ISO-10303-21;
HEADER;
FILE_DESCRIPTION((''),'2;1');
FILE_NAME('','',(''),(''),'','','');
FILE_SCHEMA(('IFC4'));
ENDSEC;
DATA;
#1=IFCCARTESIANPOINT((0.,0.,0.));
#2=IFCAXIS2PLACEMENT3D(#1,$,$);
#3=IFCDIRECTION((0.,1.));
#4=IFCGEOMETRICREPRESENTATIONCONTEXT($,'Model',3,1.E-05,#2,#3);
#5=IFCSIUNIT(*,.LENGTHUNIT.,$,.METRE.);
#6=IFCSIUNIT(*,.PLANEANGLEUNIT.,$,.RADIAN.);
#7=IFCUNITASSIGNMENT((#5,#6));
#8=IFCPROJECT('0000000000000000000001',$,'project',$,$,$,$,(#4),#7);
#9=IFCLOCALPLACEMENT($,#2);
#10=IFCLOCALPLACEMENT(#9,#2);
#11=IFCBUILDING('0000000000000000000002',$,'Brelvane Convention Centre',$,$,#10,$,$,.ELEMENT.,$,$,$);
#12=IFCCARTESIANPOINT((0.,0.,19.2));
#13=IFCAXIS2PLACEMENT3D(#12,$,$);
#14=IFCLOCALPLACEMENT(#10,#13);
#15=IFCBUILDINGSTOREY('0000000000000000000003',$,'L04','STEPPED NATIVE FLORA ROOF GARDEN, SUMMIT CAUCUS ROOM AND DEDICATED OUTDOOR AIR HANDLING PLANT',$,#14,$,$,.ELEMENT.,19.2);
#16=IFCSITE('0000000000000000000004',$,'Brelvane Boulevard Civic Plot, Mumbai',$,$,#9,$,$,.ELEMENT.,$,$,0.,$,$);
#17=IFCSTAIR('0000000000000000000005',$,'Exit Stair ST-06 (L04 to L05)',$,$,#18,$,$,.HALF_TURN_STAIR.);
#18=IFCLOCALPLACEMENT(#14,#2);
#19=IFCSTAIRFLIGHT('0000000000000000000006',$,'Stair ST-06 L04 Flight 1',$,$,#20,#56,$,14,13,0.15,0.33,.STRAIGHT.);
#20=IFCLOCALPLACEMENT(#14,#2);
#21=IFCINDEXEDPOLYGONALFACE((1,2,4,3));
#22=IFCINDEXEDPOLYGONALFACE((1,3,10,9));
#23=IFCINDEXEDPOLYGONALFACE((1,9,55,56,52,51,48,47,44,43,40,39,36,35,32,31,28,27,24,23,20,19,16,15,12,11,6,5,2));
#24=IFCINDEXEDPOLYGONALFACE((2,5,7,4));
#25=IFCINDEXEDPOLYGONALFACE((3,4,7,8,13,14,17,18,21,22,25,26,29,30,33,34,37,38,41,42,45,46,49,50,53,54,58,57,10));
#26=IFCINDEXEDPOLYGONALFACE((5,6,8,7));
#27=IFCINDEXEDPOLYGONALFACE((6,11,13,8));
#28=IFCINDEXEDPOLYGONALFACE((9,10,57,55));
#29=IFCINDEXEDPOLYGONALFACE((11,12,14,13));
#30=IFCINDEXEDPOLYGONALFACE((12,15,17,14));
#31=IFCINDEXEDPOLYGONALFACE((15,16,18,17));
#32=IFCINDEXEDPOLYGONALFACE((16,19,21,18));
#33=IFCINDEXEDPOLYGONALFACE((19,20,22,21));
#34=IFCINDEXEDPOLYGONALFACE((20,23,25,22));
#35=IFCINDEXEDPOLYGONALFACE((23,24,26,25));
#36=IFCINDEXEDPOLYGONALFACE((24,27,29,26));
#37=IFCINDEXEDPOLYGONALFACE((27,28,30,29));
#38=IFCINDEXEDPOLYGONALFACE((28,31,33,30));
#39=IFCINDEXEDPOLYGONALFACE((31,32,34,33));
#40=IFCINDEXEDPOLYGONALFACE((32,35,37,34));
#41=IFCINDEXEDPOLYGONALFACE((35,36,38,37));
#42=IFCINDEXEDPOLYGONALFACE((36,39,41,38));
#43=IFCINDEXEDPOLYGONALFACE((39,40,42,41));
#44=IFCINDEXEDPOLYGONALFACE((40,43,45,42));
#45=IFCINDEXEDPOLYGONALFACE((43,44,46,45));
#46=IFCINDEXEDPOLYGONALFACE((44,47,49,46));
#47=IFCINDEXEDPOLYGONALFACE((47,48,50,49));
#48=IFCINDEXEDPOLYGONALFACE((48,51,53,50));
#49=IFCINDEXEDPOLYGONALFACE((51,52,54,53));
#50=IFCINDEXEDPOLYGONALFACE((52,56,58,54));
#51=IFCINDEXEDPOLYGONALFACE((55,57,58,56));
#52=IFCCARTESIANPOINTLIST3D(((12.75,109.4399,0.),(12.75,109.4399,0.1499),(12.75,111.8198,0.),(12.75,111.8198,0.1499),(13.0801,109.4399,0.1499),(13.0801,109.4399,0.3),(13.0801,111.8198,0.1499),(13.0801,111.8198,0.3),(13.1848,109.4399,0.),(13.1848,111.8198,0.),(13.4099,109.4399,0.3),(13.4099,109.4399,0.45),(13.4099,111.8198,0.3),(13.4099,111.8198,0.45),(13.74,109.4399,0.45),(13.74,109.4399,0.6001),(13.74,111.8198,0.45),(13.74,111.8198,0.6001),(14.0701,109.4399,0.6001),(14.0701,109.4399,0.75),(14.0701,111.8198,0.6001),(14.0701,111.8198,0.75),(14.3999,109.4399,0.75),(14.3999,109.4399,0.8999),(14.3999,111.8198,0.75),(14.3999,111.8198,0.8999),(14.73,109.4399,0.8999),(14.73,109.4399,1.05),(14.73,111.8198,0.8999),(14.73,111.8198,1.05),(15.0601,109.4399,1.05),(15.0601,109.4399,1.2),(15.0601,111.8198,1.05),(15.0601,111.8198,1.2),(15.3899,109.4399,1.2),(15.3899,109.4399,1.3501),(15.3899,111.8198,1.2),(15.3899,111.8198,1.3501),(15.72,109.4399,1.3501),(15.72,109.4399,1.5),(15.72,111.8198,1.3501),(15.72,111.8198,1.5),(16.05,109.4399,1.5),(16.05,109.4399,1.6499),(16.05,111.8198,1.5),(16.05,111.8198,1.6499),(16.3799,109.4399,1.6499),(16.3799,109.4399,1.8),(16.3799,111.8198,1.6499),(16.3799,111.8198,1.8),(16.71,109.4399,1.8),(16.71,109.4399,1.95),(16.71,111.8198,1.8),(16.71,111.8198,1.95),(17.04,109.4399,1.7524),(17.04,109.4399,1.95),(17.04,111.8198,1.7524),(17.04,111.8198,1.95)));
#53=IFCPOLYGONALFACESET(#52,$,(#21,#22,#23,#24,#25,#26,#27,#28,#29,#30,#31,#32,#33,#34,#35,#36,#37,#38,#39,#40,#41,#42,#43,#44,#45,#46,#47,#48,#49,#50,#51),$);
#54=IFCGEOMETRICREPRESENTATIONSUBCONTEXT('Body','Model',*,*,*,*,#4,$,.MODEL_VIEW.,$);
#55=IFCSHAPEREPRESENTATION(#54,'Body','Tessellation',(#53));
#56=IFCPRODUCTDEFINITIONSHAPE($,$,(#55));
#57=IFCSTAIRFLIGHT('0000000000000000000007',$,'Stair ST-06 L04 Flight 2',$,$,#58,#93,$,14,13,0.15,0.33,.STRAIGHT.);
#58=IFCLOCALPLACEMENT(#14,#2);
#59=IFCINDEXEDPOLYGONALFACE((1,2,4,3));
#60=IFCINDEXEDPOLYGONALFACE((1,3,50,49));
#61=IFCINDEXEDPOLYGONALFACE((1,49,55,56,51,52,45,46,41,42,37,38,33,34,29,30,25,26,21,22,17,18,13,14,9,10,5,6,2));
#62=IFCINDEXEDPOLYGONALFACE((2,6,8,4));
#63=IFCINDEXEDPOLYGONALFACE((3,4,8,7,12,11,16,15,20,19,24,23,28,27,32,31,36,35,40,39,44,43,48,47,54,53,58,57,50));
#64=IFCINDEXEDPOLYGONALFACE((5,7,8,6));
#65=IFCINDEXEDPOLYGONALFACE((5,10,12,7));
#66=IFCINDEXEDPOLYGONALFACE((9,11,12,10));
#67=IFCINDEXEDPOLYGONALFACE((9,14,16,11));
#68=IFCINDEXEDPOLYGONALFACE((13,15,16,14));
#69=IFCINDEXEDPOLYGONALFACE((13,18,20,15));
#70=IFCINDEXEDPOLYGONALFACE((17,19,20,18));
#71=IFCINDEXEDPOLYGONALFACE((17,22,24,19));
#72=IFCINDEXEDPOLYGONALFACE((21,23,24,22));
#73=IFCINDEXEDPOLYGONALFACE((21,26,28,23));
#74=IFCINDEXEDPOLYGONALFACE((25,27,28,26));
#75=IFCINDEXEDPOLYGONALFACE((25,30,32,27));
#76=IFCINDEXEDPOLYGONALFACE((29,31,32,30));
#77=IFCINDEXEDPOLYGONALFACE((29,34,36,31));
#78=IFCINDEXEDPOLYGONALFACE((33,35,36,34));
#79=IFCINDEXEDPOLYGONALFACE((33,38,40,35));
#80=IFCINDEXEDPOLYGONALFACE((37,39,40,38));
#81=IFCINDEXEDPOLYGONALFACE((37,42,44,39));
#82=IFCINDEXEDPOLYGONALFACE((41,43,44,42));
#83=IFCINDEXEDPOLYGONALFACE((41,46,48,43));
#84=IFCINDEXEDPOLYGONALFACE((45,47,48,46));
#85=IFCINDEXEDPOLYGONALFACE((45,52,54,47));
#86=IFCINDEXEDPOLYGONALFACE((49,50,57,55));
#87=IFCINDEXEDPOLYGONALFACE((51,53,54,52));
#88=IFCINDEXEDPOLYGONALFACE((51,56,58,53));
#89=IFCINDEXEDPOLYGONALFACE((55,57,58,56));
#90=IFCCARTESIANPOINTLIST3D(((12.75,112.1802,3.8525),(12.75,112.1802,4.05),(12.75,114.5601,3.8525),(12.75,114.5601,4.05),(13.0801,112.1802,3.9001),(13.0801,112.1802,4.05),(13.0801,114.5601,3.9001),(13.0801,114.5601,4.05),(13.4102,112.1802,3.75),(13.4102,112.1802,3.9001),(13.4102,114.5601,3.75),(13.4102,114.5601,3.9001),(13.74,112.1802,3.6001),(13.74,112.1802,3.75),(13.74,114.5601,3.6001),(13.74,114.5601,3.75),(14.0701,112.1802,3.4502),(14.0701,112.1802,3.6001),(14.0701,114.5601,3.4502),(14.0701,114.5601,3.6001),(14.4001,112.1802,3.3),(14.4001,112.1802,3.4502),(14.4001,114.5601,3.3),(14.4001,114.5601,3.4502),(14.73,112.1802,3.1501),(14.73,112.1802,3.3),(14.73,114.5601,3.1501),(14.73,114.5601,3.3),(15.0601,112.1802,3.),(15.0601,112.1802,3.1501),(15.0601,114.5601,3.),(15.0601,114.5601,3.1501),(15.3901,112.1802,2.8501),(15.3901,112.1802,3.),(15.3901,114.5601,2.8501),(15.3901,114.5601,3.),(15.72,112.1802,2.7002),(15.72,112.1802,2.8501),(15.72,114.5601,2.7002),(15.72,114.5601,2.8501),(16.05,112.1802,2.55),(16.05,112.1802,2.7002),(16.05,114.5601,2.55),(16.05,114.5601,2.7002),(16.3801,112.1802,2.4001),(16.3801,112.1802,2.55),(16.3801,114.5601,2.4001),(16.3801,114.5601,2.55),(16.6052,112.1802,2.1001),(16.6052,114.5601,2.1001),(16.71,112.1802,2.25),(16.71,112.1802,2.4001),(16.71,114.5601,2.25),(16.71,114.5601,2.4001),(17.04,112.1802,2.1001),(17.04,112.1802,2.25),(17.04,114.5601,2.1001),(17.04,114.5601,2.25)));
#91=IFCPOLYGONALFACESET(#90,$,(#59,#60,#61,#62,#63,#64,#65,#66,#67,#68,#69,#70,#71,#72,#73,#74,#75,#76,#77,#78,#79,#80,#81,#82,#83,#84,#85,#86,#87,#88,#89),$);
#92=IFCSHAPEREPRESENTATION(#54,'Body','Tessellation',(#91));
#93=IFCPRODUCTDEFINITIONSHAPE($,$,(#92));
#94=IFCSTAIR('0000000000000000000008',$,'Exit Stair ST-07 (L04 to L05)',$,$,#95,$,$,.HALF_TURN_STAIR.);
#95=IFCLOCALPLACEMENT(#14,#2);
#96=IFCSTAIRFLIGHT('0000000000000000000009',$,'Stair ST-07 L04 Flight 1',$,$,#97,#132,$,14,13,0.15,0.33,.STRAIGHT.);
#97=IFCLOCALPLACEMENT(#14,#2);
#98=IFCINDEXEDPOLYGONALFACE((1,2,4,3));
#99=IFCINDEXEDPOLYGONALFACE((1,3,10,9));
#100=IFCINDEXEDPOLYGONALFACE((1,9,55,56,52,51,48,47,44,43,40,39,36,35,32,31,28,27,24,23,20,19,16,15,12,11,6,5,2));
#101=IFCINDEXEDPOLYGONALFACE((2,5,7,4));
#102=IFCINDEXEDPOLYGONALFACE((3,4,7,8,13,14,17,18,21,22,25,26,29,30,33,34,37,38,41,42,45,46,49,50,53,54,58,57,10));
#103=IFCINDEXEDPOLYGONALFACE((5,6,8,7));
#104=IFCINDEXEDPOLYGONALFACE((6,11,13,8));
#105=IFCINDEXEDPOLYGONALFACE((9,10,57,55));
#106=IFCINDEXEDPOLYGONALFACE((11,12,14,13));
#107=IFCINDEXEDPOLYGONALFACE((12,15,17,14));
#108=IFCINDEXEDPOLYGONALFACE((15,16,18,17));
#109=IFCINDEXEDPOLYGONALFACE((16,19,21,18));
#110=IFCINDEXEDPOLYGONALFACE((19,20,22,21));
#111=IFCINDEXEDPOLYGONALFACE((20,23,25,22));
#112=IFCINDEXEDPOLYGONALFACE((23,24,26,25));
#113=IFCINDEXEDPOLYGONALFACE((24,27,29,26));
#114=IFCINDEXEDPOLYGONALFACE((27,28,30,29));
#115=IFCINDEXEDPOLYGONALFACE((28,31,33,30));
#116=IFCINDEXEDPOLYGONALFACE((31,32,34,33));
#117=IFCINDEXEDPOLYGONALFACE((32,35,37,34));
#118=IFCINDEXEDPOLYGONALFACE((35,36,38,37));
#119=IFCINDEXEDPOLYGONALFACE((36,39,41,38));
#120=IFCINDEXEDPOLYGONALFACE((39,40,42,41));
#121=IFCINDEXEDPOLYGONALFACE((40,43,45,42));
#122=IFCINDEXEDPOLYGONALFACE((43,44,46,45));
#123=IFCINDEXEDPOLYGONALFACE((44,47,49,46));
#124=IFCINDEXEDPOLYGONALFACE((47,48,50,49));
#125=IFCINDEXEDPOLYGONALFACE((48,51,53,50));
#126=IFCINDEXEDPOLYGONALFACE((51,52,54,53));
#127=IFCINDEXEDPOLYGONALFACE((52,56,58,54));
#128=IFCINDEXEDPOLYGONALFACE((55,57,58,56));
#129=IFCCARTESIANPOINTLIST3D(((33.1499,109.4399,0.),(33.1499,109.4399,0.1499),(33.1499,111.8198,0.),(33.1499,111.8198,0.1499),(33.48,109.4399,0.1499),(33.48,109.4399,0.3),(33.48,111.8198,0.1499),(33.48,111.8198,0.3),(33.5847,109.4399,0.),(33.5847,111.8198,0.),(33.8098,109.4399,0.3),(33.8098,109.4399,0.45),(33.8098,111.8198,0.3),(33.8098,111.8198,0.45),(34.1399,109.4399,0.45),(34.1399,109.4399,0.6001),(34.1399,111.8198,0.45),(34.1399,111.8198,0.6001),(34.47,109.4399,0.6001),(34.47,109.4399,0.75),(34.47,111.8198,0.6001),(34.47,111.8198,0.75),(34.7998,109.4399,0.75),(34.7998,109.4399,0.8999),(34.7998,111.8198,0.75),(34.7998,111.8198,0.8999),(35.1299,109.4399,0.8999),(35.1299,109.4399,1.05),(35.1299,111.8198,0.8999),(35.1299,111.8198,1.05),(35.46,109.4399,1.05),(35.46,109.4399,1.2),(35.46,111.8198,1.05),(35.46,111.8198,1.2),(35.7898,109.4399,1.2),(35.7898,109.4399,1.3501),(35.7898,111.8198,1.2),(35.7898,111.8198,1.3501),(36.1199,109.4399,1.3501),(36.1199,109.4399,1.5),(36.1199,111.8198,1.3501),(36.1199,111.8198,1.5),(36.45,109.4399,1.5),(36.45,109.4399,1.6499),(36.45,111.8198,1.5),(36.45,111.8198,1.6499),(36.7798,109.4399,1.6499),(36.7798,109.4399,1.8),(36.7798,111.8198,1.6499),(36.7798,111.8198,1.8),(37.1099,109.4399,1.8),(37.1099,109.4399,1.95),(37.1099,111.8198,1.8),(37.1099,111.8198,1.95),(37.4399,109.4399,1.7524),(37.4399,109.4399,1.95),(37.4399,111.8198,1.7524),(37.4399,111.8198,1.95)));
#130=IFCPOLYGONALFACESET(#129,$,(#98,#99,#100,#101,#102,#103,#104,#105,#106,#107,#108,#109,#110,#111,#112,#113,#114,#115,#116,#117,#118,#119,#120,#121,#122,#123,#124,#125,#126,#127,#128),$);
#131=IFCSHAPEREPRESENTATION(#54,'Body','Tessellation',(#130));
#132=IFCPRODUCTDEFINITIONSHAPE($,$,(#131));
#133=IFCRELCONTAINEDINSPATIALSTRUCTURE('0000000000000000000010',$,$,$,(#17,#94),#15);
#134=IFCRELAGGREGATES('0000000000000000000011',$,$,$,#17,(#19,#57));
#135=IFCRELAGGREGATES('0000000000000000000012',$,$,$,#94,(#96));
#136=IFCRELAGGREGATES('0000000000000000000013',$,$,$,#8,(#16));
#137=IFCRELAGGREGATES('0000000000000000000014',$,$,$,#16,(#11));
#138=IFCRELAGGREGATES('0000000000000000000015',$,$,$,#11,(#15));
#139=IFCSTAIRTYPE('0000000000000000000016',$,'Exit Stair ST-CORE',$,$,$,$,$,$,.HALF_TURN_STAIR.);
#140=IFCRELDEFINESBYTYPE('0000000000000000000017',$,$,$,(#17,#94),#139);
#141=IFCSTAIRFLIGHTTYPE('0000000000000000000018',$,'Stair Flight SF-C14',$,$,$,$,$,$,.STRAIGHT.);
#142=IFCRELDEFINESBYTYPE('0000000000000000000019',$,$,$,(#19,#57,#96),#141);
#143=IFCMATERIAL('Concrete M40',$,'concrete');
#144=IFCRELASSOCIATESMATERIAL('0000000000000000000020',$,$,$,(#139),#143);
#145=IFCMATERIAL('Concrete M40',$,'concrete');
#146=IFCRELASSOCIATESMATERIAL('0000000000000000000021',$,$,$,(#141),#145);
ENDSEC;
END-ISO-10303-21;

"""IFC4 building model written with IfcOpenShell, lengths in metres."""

from ifc_helpers import new_model, si_unit, direction, frame, origin, place, context, subcontext, project, spatial, polyline, outline, extrude, material, type_object, element, aggregate, save


model = new_model("IFC4")

# Units and contexts
model_context = context("Model", 3, precision=1e-05, world=origin(), true_north=direction((0.0, 1.0)))
body_context = subcontext(model_context, "Body", "Model", "MODEL_VIEW")
ifc_project = project(units=[si_unit("LENGTHUNIT", "METRE"), si_unit("PLANEANGLEUNIT", "RADIAN")], contexts=[model_context])

# Site, building, storey
site_placement = place(None, origin())
site = spatial("IfcSite", under=ifc_project, at=site_placement, Name="Brelvane Boulevard Civic Plot, Mumbai", CompositionType="ELEMENT", RefElevation=0.0)
building_placement = place(site_placement, origin())
building = spatial("IfcBuilding", under=site, at=building_placement, Name="Brelvane Convention Centre", CompositionType="ELEMENT")
storey_placement = place(building_placement, frame((0.0, 0.0, 19.2)))
storey = spatial("IfcBuildingStorey", under=building, at=storey_placement, Name="L04", Description="STEPPED NATIVE FLORA ROOF GARDEN, SUMMIT CAUCUS ROOM AND DEDICATED OUTDOOR AIR HANDLING PLANT", CompositionType="ELEMENT", Elevation=19.2)

# Stair, stair flights
ifc_material_1 = material(Name="Concrete M40", Category="concrete")
stair_type = type_object("IfcStairType", Name="Exit Stair ST-CORE", PredefinedType="HALF_TURN_STAIR", material=ifc_material_1)
stair_1_placement = place(storey_placement, origin())
stair_1 = element("IfcStair", 1, at=stair_1_placement, inside=storey, type_object=stair_type, Name="Exit Stair ST-06 (L04 to L05)", PredefinedType="HALF_TURN_STAIR")
ifc_material_2 = material(Name="Concrete M40", Category="concrete")
stair_flight_type = type_object("IfcStairFlightType", Name="Stair Flight SF-C14", PredefinedType="STRAIGHT", material=ifc_material_2)
stair_flight_1_placement = place(storey_placement, frame((12.75, 110.6299, 0.0), z_axis=(0.0, 0.0, 1.0), x_axis=(1.0, 0.0, 0.0)))
stair_flight_1 = element("IfcStairFlight", 2, at=stair_flight_1_placement, type_object=stair_flight_type, Name="Stair ST-06 L04 Flight 1", NumberOfRisers=14, NumberOfTreads=13, PredefinedType="STRAIGHT", RiserHeight=0.15, TreadLength=0.33, context=body_context, shape_type="SweptSolid", body=[
    extrude(outline(polyline([(0.0, 0.0), (0.0, 0.1499), (0.3301, 0.1499), (0.3301, 0.3), (0.6599, 0.3), (0.6599, 0.45), (0.99, 0.45), (0.99, 0.6001), (1.3201, 0.6001), (1.3201, 0.75), (1.6499, 0.75), (1.6499, 0.8999), (1.98, 0.8999), (1.98, 1.05), (2.3101, 1.05), (2.3101, 1.2), (2.6399, 1.2), (2.6399, 1.3501), (2.97, 1.3501), (2.97, 1.5), (3.3, 1.5), (3.3, 1.6499), (3.6299, 1.6499), (3.6299, 1.8), (3.96, 1.8), (3.96, 1.95), (4.29, 1.95), (4.29, 2.1001), (4.29, 1.7524), (0.4348, 0.0), (0.0, 0.0)])), frame((0.0, 1.1899, 0.0), z_axis=(0.0, -1.0, 0.0), x_axis=(1.0, 0.0, 0.0)), (0.0, 0.0, 1.0), 2.3799),
])
stair_flight_2_placement = place(storey_placement, frame((17.04, 113.3701, 2.1001), z_axis=(0.0, 0.0, 1.0), x_axis=(-1.0, 0.0, 0.0)))
stair_flight_2 = element("IfcStairFlight", 3, at=stair_flight_2_placement, type_object=stair_flight_type, Name="Stair ST-06 L04 Flight 2", NumberOfRisers=14, NumberOfTreads=13, PredefinedType="STRAIGHT", RiserHeight=0.15, TreadLength=0.33, context=body_context, shape_type="SweptSolid", body=[
    extrude(outline(polyline([(0.0, 0.0), (0.0, 0.1499), (0.3301, 0.1499), (0.3301, 0.3), (0.6599, 0.3), (0.6599, 0.45), (0.99, 0.45), (0.99, 0.6001), (1.3201, 0.6001), (1.3201, 0.75), (1.6499, 0.75), (1.6499, 0.8999), (1.98, 0.8999), (1.98, 1.05), (2.3101, 1.05), (2.3101, 1.2), (2.6399, 1.2), (2.6399, 1.3501), (2.97, 1.3501), (2.97, 1.5), (3.3, 1.5), (3.3, 1.6499), (3.6299, 1.6499), (3.6299, 1.8), (3.96, 1.8), (3.96, 1.95), (4.29, 1.95), (4.29, 2.1001), (4.29, 1.7524), (0.4348, 0.0), (0.0, 0.0)])), frame((0.0, 1.1899, 0.0), z_axis=(0.0, -1.0, 0.0), x_axis=(1.0, 0.0, 0.0)), (0.0, 0.0, 1.0), 2.3799),
])
aggregate(stair_1, [stair_flight_1, stair_flight_2])

# Stair, stair flight
stair_2_placement = place(storey_placement, origin())
stair_2 = element("IfcStair", 4, at=stair_2_placement, inside=storey, type_object=stair_type, Name="Exit Stair ST-07 (L04 to L05)", PredefinedType="HALF_TURN_STAIR")
stair_flight_3_placement = place(storey_placement, frame((33.1499, 110.6299, 0.0), z_axis=(0.0, 0.0, 1.0), x_axis=(1.0, 0.0, 0.0)))
stair_flight_3 = element("IfcStairFlight", 5, at=stair_flight_3_placement, type_object=stair_flight_type, Name="Stair ST-07 L04 Flight 1", NumberOfRisers=14, NumberOfTreads=13, PredefinedType="STRAIGHT", RiserHeight=0.15, TreadLength=0.33, context=body_context, shape_type="SweptSolid", body=[
    extrude(outline(polyline([(0.0, 0.0), (0.0, 0.1499), (0.3301, 0.1499), (0.3301, 0.3), (0.6599, 0.3), (0.6599, 0.45), (0.99, 0.45), (0.99, 0.6001), (1.3201, 0.6001), (1.3201, 0.75), (1.6499, 0.75), (1.6499, 0.8999), (1.98, 0.8999), (1.98, 1.05), (2.3101, 1.05), (2.3101, 1.2), (2.6399, 1.2), (2.6399, 1.3501), (2.97, 1.3501), (2.97, 1.5), (3.3, 1.5), (3.3, 1.6499), (3.6299, 1.6499), (3.6299, 1.8), (3.96, 1.8), (3.96, 1.95), (4.29, 1.95), (4.29, 2.1001), (4.29, 1.7524), (0.4348, 0.0), (0.0, 0.0)])), frame((0.0, 1.1899, 0.0), z_axis=(0.0, -1.0, 0.0), x_axis=(1.0, 0.0, 0.0)), (0.0, 0.0, 1.0), 2.3799),
])
aggregate(stair_2, [stair_flight_3])

save(model, "model.ifc")
